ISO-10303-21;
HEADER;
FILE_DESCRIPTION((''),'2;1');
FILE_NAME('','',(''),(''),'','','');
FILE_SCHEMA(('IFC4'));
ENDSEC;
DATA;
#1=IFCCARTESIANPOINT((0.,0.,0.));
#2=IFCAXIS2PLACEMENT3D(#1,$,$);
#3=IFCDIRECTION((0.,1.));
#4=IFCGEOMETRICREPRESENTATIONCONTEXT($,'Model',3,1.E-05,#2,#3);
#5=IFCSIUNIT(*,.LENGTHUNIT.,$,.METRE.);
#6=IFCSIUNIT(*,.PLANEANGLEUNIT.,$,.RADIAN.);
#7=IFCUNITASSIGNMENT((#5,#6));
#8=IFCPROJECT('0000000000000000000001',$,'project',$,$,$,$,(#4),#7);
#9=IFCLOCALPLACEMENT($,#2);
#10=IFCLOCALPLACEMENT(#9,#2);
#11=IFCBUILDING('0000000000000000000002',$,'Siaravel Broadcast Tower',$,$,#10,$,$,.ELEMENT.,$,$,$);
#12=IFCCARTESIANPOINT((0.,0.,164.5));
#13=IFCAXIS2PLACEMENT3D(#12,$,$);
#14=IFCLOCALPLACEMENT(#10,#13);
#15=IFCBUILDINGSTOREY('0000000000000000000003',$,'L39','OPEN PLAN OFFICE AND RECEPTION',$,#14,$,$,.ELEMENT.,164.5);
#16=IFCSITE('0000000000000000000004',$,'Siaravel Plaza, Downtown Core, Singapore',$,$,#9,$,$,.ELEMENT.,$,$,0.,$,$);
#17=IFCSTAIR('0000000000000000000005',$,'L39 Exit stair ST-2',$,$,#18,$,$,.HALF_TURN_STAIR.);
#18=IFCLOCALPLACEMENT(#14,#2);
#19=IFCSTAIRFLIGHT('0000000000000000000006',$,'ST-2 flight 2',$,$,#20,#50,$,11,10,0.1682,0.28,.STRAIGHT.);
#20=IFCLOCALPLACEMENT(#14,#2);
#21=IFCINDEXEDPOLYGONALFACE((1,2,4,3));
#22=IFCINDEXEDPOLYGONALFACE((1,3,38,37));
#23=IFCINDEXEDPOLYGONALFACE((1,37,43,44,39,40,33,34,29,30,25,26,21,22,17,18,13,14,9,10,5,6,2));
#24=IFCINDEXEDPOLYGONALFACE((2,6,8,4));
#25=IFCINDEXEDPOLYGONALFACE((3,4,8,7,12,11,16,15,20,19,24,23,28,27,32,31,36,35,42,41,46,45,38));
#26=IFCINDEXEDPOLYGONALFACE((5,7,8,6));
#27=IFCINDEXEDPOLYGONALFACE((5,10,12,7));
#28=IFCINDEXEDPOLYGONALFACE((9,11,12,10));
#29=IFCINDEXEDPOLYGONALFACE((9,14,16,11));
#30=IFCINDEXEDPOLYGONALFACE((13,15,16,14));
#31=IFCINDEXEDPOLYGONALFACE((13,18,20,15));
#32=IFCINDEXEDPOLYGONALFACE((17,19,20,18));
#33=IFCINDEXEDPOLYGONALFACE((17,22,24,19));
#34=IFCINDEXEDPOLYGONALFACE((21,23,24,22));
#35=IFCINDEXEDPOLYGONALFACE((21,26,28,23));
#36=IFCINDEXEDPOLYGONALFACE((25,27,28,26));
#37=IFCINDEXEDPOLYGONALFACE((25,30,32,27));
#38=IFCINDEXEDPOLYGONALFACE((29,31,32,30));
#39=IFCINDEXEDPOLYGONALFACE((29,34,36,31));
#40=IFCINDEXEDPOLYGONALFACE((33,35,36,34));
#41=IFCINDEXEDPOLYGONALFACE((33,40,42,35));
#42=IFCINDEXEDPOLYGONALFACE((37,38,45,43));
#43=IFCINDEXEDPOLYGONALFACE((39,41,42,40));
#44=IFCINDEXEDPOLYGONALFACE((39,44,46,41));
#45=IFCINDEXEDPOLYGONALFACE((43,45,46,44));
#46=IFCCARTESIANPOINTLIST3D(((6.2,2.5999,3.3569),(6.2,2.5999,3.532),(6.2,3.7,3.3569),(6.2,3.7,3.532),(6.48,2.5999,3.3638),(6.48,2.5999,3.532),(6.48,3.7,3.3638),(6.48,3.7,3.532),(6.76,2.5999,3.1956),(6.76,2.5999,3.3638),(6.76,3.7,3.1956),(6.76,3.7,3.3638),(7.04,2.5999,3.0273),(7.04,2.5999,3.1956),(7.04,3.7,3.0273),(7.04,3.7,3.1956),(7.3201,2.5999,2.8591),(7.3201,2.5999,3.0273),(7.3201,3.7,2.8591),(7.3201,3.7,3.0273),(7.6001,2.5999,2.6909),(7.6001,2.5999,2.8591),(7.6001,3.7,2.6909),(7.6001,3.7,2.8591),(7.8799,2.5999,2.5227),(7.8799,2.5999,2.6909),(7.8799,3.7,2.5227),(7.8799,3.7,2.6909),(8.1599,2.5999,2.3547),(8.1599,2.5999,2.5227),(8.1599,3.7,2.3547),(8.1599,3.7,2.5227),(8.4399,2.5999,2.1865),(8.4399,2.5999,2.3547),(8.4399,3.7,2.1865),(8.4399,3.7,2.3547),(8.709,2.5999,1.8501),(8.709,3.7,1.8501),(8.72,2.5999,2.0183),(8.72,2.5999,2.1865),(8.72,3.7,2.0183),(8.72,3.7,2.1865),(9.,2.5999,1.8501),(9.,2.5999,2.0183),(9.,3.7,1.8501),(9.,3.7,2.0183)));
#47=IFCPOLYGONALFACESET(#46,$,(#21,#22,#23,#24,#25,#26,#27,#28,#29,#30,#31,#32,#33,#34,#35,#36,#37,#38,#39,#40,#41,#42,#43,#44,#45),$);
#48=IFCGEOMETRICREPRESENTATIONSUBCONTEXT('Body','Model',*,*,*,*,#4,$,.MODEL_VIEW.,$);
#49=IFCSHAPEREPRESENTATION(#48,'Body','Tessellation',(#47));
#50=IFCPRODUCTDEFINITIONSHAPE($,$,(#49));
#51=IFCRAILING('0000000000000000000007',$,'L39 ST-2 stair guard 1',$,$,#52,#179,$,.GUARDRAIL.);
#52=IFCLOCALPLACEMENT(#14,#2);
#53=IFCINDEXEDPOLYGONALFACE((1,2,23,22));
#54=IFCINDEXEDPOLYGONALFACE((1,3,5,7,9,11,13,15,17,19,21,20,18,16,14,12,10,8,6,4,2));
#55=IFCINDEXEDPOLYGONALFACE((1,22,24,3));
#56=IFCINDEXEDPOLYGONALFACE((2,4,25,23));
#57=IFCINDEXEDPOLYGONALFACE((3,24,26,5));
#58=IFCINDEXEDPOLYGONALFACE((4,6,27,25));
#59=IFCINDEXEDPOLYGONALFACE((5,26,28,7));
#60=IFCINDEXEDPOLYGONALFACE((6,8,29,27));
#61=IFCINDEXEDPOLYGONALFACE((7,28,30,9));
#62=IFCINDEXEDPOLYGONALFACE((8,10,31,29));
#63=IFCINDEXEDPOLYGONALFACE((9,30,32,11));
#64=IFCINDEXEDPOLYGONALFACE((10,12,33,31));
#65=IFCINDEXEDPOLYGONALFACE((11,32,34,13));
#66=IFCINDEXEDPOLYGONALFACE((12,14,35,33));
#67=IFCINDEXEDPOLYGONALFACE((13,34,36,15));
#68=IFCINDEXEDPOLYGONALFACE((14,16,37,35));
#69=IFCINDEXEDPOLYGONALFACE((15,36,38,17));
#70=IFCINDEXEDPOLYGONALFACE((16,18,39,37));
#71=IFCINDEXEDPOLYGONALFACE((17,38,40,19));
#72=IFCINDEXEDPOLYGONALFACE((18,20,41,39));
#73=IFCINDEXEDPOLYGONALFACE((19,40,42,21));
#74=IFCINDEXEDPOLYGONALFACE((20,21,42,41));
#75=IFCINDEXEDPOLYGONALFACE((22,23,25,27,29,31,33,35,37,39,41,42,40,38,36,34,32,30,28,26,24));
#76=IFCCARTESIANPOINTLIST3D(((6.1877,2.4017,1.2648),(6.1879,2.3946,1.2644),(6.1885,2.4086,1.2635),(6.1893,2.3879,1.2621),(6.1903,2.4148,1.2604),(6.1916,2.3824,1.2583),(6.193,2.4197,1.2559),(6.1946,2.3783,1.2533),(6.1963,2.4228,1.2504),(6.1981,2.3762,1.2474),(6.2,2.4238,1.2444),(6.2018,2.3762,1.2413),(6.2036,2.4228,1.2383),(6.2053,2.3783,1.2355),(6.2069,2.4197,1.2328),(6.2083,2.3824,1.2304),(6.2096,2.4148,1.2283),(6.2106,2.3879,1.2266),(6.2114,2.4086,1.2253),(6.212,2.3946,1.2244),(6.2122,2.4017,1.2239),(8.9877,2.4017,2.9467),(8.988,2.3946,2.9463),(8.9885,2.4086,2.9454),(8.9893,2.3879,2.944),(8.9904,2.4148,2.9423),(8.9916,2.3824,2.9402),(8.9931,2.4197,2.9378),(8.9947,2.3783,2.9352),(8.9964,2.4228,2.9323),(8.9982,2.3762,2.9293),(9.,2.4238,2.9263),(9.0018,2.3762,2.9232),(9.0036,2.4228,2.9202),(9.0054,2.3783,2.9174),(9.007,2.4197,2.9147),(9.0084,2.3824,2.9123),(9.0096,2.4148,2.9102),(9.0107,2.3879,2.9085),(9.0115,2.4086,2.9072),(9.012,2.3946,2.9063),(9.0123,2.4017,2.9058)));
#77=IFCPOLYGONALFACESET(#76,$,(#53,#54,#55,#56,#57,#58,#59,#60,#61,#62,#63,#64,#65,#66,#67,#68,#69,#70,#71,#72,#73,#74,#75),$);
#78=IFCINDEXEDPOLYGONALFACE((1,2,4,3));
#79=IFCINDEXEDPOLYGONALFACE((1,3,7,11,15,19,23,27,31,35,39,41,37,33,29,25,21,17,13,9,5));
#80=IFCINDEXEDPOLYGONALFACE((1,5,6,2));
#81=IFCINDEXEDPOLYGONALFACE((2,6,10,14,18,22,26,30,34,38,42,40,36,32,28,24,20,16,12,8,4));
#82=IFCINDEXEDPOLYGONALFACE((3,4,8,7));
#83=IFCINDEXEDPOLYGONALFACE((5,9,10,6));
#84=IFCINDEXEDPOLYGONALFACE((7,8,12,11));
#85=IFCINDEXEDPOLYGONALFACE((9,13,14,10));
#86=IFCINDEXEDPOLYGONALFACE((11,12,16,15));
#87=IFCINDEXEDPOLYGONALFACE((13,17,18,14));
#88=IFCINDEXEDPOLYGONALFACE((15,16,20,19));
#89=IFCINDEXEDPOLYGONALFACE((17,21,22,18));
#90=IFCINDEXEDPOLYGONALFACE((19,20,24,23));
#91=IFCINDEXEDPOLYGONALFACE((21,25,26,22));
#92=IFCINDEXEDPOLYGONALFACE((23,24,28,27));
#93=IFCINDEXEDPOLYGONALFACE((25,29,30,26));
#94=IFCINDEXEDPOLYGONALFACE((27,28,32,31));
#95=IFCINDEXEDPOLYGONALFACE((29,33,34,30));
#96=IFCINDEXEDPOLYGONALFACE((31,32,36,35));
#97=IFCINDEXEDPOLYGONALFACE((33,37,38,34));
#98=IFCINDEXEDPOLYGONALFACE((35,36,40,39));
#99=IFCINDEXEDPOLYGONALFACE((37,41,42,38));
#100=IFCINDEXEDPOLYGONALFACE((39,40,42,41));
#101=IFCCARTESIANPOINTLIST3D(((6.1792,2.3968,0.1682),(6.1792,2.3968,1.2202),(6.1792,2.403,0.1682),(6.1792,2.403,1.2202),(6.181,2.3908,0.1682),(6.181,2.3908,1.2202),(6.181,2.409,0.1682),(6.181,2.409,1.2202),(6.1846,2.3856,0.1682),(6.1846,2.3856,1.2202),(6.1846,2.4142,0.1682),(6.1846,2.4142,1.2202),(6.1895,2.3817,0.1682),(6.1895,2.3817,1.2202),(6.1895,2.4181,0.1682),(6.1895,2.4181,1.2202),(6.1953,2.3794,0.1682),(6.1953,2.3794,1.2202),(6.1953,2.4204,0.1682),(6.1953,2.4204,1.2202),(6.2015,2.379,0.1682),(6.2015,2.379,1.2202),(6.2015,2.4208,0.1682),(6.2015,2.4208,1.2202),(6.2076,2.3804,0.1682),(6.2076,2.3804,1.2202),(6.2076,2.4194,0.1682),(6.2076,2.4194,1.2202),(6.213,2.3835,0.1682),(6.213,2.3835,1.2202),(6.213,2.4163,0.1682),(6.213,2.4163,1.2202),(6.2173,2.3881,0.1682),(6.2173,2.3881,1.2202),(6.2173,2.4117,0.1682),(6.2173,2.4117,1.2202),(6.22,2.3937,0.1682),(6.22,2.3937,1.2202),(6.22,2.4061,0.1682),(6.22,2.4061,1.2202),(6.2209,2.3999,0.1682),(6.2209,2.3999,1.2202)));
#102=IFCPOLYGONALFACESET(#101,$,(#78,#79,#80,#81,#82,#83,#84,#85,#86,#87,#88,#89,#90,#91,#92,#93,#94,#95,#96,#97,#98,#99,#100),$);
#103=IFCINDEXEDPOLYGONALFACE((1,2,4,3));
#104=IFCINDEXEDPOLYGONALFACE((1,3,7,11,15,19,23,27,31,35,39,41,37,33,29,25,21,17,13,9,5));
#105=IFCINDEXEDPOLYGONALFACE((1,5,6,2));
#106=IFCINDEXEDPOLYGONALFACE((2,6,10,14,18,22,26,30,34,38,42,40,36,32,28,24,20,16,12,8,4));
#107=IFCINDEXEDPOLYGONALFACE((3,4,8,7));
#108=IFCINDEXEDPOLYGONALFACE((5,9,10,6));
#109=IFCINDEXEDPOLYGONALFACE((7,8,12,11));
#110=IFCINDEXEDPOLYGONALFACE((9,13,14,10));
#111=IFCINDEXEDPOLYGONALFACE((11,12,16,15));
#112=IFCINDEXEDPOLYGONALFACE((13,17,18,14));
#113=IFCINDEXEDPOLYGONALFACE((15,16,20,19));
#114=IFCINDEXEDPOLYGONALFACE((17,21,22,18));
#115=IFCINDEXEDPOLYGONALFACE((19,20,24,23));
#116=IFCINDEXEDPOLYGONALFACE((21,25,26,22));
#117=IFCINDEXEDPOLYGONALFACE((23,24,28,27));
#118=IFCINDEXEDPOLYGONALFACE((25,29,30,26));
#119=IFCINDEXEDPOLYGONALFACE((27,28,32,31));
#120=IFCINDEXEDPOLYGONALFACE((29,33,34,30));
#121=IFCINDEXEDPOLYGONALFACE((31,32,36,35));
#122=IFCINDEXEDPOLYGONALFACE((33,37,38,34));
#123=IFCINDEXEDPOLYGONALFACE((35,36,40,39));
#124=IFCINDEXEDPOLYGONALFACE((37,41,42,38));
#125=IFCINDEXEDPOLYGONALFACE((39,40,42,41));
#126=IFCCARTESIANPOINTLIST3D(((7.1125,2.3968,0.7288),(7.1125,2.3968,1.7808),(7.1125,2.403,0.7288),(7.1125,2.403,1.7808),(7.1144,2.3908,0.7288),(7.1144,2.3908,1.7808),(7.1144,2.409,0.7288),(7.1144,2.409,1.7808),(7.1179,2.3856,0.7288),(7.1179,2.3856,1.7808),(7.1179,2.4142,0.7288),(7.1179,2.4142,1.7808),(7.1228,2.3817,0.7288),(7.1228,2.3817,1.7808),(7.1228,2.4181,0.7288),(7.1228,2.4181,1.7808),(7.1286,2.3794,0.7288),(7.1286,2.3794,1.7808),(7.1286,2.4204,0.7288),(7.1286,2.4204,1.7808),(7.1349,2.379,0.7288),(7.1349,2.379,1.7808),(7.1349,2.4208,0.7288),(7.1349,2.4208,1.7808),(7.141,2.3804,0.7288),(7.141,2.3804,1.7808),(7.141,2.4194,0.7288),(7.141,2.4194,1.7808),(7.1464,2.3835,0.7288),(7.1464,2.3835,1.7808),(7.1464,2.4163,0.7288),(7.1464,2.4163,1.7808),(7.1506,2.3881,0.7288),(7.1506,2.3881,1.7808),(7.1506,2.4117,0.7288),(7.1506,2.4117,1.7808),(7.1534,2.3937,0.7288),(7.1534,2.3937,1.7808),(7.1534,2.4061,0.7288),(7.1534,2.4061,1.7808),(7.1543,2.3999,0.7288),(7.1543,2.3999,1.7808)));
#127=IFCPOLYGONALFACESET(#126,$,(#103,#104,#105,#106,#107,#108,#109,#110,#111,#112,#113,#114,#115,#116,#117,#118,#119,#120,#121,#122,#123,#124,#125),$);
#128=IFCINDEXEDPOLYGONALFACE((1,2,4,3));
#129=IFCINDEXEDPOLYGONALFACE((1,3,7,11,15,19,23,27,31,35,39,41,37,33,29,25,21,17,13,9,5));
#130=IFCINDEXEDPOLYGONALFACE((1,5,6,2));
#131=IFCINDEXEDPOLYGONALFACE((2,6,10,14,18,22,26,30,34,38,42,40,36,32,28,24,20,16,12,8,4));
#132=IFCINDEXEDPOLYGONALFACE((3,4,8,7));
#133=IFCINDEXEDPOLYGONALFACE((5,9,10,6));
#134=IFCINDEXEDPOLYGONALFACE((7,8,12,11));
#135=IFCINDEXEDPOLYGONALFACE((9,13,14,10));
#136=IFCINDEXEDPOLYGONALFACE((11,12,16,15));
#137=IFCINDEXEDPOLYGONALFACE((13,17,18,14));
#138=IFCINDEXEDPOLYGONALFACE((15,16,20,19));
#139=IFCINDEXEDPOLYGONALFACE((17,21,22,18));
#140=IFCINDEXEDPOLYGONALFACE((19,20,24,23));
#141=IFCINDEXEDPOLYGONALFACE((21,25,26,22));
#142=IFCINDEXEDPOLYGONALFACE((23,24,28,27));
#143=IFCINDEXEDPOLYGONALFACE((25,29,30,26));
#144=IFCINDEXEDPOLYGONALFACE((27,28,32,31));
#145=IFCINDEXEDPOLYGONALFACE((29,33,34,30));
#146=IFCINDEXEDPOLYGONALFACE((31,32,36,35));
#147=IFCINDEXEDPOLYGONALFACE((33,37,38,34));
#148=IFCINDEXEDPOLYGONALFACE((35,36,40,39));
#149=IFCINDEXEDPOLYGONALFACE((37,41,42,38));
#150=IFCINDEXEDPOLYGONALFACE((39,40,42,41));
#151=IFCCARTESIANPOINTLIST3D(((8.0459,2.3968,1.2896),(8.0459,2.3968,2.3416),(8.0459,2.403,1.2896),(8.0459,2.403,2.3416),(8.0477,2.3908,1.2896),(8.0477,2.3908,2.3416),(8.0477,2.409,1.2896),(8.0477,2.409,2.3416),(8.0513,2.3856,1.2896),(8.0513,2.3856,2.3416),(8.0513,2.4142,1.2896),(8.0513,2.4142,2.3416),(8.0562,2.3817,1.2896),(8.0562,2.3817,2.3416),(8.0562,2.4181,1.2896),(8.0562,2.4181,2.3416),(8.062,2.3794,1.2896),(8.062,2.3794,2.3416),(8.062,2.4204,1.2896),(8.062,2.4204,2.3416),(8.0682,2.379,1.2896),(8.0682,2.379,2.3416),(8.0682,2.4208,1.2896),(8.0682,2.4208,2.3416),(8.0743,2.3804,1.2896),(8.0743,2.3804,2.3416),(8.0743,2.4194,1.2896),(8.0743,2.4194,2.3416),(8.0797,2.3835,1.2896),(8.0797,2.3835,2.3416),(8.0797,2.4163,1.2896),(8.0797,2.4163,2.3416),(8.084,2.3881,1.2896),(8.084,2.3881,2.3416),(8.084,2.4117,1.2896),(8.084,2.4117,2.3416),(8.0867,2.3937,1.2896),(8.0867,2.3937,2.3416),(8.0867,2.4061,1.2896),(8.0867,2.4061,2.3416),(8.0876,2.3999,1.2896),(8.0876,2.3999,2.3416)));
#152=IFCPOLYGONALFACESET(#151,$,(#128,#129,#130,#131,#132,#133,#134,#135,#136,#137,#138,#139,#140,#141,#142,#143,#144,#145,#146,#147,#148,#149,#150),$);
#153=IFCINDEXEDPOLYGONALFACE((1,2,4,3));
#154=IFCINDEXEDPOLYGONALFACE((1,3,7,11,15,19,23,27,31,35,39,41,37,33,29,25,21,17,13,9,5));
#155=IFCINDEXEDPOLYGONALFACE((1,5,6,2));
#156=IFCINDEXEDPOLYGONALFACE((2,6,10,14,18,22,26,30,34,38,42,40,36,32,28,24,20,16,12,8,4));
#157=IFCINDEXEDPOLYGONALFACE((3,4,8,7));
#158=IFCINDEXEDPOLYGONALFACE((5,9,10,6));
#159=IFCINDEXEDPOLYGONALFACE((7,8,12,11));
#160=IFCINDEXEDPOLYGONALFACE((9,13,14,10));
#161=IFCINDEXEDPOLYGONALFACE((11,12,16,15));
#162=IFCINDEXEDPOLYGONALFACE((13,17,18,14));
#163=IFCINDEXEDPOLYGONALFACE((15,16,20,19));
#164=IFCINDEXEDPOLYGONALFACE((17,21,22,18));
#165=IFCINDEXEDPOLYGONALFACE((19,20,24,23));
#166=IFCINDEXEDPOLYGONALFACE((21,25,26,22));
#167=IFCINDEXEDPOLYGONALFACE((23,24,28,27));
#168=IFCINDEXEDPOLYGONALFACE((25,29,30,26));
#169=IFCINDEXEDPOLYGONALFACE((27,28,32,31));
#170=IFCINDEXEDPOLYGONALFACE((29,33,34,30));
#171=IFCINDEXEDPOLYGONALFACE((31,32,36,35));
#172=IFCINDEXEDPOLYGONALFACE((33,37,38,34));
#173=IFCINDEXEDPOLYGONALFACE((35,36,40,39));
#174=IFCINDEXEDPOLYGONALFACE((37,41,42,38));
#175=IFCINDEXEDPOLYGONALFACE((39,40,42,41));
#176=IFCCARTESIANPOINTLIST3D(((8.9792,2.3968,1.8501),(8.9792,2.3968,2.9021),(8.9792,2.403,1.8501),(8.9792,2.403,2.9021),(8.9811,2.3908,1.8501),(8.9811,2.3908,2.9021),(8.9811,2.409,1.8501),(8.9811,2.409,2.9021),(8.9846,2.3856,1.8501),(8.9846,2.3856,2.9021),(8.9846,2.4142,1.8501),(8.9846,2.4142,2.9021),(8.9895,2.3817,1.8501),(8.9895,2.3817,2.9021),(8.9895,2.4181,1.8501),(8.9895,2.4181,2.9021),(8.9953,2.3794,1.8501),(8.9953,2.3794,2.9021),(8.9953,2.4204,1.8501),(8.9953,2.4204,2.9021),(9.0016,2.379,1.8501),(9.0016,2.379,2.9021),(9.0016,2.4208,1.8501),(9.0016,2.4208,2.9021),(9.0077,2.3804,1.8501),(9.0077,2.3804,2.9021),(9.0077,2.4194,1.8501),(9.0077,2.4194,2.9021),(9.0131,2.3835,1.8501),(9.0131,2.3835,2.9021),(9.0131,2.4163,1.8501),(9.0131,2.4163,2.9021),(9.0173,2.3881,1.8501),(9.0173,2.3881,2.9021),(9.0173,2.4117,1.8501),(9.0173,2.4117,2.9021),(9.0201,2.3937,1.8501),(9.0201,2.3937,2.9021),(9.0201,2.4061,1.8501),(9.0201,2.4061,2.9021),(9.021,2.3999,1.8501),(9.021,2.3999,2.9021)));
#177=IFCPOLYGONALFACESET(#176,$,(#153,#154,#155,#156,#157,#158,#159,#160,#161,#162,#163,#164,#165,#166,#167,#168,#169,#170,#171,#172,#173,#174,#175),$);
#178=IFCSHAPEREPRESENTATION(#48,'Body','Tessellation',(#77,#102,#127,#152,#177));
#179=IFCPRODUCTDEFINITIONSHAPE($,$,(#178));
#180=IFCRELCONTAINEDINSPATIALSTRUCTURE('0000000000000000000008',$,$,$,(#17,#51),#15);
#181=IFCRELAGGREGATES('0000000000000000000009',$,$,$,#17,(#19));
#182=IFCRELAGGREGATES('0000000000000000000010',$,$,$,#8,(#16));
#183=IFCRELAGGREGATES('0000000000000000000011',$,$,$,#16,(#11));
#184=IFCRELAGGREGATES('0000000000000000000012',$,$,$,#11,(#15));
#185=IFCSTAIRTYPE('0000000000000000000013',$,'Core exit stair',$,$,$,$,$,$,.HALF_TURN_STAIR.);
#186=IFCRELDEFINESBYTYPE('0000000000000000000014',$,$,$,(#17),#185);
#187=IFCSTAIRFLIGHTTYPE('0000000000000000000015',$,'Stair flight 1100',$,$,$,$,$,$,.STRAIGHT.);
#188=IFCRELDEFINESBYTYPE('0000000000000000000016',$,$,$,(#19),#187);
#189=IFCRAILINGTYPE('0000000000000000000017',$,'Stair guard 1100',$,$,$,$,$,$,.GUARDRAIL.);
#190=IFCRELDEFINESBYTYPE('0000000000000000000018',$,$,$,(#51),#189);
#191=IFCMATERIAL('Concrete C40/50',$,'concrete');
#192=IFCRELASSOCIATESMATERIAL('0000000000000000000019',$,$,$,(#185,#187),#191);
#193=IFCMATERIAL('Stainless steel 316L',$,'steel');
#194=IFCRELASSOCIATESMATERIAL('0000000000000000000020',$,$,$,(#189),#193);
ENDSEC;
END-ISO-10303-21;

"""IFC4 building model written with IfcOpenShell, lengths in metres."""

from ifc_helpers import new_model, si_unit, direction, frame, origin, origin_2d, place, context, subcontext, project, spatial, polyline, circle, outline, extrude, material, type_object, element, aggregate, save


model = new_model("IFC4")

# Units and contexts
model_context = context("Model", 3, precision=1e-05, world=origin(), true_north=direction((0.0, 1.0)))
body_context = subcontext(model_context, "Body", "Model", "MODEL_VIEW")
ifc_project = project(units=[si_unit("LENGTHUNIT", "METRE"), si_unit("PLANEANGLEUNIT", "RADIAN")], contexts=[model_context])

# Site, building, storey
site_placement = place(None, origin())
site = spatial("IfcSite", under=ifc_project, at=site_placement, Name="Siaravel Plaza, Downtown Core, Singapore", CompositionType="ELEMENT", RefElevation=0.0)
building_placement = place(site_placement, origin())
building = spatial("IfcBuilding", under=site, at=building_placement, Name="Siaravel Broadcast Tower", CompositionType="ELEMENT")
storey_placement = place(building_placement, frame((0.0, 0.0, 164.5)))
storey = spatial("IfcBuildingStorey", under=building, at=storey_placement, Name="L39", Description="OPEN PLAN OFFICE AND RECEPTION", CompositionType="ELEMENT", Elevation=164.5)

# Stair, stair flight
ifc_material_1 = material(Name="Concrete C40/50", Category="concrete")
stair_type = type_object("IfcStairType", Name="Core exit stair", PredefinedType="HALF_TURN_STAIR", material=ifc_material_1)
stair_placement = place(storey_placement, origin())
stair = element("IfcStair", 1, at=stair_placement, inside=storey, type_object=stair_type, Name="L39 Exit stair ST-2", PredefinedType="HALF_TURN_STAIR")
stair_flight_type = type_object("IfcStairFlightType", Name="Stair flight 1100", PredefinedType="STRAIGHT", material=ifc_material_1)
stair_flight_1_placement = place(storey_placement, frame((9.0, 3.1499, 1.8501), z_axis=(0.0, 0.0, 1.0), x_axis=(-1.0, 0.0, 0.0)))
stair_flight_1 = element("IfcStairFlight", 2, at=stair_flight_1_placement, type_object=stair_flight_type, Name="ST-2 flight 2", NumberOfRisers=11, NumberOfTreads=10, PredefinedType="STRAIGHT", RiserHeight=0.1682, TreadLength=0.28, context=body_context, shape_type="SweptSolid", body=[
    extrude(outline(polyline([(0.0, 0.0), (0.0, 0.1682), (0.28, 0.1682), (0.28, 0.3364), (0.5601, 0.3364), (0.5601, 0.5046), (0.8401, 0.5046), (0.8401, 0.6726), (1.1201, 0.6726), (1.1201, 0.8408), (1.3999, 0.8408), (1.3999, 1.009), (1.6799, 1.009), (1.6799, 1.1772), (1.96, 1.1772), (1.96, 1.3455), (2.24, 1.3455), (2.24, 1.5137), (2.52, 1.5137), (2.52, 1.6819), (2.8, 1.6819), (2.8, 1.8501), (2.8, 1.5068), (0.291, 0.0), (0.0, 0.0)])), frame((0.0, 0.55, 0.0), z_axis=(0.0, -1.0, 0.0), x_axis=(1.0, 0.0, 0.0)), (0.0, 0.0, 1.0), 1.1001),
])
aggregate(stair, [stair_flight_1])

# Railing
ifc_material_2 = material(Name="Stainless steel 316L", Category="steel")
railing_type_1 = type_object("IfcRailingType", Name="Stair guard 1100", PredefinedType="GUARDRAIL", material=ifc_material_2)
railing_1_placement = place(storey_placement, frame((6.2, 2.3999, 0.1682)))
element("IfcRailing", 3, at=railing_1_placement, inside=storey, type_object=railing_type_1, Name="L39 ST-2 stair guard 1", PredefinedType="GUARDRAIL", context=body_context, shape_type="SweptSolid", body=[
    extrude(circle(Radius=0.0239, at=origin_2d()), frame((0.0, 0.0, 1.0762), z_axis=(0.857242, 0.0, 0.514913), x_axis=(0.0, 1.0, 0.0)), (0.0, 0.0, 1.0), 3.2664),
    extrude(circle(Radius=0.021, at=origin_2d()), origin(), (0.0, 0.0, 1.0), 1.052),
    extrude(circle(Radius=0.021, at=origin_2d()), frame((0.9333, 0.0, 0.5605)), (0.0, 0.0, 1.0), 1.052),
    extrude(circle(Radius=0.021, at=origin_2d()), frame((1.8667, 0.0, 1.1213)), (0.0, 0.0, 1.0), 1.052),
    extrude(circle(Radius=0.021, at=origin_2d()), frame((2.8, 0.0, 1.6819)), (0.0, 0.0, 1.0), 1.052),
])

save(model, "model.ifc")
